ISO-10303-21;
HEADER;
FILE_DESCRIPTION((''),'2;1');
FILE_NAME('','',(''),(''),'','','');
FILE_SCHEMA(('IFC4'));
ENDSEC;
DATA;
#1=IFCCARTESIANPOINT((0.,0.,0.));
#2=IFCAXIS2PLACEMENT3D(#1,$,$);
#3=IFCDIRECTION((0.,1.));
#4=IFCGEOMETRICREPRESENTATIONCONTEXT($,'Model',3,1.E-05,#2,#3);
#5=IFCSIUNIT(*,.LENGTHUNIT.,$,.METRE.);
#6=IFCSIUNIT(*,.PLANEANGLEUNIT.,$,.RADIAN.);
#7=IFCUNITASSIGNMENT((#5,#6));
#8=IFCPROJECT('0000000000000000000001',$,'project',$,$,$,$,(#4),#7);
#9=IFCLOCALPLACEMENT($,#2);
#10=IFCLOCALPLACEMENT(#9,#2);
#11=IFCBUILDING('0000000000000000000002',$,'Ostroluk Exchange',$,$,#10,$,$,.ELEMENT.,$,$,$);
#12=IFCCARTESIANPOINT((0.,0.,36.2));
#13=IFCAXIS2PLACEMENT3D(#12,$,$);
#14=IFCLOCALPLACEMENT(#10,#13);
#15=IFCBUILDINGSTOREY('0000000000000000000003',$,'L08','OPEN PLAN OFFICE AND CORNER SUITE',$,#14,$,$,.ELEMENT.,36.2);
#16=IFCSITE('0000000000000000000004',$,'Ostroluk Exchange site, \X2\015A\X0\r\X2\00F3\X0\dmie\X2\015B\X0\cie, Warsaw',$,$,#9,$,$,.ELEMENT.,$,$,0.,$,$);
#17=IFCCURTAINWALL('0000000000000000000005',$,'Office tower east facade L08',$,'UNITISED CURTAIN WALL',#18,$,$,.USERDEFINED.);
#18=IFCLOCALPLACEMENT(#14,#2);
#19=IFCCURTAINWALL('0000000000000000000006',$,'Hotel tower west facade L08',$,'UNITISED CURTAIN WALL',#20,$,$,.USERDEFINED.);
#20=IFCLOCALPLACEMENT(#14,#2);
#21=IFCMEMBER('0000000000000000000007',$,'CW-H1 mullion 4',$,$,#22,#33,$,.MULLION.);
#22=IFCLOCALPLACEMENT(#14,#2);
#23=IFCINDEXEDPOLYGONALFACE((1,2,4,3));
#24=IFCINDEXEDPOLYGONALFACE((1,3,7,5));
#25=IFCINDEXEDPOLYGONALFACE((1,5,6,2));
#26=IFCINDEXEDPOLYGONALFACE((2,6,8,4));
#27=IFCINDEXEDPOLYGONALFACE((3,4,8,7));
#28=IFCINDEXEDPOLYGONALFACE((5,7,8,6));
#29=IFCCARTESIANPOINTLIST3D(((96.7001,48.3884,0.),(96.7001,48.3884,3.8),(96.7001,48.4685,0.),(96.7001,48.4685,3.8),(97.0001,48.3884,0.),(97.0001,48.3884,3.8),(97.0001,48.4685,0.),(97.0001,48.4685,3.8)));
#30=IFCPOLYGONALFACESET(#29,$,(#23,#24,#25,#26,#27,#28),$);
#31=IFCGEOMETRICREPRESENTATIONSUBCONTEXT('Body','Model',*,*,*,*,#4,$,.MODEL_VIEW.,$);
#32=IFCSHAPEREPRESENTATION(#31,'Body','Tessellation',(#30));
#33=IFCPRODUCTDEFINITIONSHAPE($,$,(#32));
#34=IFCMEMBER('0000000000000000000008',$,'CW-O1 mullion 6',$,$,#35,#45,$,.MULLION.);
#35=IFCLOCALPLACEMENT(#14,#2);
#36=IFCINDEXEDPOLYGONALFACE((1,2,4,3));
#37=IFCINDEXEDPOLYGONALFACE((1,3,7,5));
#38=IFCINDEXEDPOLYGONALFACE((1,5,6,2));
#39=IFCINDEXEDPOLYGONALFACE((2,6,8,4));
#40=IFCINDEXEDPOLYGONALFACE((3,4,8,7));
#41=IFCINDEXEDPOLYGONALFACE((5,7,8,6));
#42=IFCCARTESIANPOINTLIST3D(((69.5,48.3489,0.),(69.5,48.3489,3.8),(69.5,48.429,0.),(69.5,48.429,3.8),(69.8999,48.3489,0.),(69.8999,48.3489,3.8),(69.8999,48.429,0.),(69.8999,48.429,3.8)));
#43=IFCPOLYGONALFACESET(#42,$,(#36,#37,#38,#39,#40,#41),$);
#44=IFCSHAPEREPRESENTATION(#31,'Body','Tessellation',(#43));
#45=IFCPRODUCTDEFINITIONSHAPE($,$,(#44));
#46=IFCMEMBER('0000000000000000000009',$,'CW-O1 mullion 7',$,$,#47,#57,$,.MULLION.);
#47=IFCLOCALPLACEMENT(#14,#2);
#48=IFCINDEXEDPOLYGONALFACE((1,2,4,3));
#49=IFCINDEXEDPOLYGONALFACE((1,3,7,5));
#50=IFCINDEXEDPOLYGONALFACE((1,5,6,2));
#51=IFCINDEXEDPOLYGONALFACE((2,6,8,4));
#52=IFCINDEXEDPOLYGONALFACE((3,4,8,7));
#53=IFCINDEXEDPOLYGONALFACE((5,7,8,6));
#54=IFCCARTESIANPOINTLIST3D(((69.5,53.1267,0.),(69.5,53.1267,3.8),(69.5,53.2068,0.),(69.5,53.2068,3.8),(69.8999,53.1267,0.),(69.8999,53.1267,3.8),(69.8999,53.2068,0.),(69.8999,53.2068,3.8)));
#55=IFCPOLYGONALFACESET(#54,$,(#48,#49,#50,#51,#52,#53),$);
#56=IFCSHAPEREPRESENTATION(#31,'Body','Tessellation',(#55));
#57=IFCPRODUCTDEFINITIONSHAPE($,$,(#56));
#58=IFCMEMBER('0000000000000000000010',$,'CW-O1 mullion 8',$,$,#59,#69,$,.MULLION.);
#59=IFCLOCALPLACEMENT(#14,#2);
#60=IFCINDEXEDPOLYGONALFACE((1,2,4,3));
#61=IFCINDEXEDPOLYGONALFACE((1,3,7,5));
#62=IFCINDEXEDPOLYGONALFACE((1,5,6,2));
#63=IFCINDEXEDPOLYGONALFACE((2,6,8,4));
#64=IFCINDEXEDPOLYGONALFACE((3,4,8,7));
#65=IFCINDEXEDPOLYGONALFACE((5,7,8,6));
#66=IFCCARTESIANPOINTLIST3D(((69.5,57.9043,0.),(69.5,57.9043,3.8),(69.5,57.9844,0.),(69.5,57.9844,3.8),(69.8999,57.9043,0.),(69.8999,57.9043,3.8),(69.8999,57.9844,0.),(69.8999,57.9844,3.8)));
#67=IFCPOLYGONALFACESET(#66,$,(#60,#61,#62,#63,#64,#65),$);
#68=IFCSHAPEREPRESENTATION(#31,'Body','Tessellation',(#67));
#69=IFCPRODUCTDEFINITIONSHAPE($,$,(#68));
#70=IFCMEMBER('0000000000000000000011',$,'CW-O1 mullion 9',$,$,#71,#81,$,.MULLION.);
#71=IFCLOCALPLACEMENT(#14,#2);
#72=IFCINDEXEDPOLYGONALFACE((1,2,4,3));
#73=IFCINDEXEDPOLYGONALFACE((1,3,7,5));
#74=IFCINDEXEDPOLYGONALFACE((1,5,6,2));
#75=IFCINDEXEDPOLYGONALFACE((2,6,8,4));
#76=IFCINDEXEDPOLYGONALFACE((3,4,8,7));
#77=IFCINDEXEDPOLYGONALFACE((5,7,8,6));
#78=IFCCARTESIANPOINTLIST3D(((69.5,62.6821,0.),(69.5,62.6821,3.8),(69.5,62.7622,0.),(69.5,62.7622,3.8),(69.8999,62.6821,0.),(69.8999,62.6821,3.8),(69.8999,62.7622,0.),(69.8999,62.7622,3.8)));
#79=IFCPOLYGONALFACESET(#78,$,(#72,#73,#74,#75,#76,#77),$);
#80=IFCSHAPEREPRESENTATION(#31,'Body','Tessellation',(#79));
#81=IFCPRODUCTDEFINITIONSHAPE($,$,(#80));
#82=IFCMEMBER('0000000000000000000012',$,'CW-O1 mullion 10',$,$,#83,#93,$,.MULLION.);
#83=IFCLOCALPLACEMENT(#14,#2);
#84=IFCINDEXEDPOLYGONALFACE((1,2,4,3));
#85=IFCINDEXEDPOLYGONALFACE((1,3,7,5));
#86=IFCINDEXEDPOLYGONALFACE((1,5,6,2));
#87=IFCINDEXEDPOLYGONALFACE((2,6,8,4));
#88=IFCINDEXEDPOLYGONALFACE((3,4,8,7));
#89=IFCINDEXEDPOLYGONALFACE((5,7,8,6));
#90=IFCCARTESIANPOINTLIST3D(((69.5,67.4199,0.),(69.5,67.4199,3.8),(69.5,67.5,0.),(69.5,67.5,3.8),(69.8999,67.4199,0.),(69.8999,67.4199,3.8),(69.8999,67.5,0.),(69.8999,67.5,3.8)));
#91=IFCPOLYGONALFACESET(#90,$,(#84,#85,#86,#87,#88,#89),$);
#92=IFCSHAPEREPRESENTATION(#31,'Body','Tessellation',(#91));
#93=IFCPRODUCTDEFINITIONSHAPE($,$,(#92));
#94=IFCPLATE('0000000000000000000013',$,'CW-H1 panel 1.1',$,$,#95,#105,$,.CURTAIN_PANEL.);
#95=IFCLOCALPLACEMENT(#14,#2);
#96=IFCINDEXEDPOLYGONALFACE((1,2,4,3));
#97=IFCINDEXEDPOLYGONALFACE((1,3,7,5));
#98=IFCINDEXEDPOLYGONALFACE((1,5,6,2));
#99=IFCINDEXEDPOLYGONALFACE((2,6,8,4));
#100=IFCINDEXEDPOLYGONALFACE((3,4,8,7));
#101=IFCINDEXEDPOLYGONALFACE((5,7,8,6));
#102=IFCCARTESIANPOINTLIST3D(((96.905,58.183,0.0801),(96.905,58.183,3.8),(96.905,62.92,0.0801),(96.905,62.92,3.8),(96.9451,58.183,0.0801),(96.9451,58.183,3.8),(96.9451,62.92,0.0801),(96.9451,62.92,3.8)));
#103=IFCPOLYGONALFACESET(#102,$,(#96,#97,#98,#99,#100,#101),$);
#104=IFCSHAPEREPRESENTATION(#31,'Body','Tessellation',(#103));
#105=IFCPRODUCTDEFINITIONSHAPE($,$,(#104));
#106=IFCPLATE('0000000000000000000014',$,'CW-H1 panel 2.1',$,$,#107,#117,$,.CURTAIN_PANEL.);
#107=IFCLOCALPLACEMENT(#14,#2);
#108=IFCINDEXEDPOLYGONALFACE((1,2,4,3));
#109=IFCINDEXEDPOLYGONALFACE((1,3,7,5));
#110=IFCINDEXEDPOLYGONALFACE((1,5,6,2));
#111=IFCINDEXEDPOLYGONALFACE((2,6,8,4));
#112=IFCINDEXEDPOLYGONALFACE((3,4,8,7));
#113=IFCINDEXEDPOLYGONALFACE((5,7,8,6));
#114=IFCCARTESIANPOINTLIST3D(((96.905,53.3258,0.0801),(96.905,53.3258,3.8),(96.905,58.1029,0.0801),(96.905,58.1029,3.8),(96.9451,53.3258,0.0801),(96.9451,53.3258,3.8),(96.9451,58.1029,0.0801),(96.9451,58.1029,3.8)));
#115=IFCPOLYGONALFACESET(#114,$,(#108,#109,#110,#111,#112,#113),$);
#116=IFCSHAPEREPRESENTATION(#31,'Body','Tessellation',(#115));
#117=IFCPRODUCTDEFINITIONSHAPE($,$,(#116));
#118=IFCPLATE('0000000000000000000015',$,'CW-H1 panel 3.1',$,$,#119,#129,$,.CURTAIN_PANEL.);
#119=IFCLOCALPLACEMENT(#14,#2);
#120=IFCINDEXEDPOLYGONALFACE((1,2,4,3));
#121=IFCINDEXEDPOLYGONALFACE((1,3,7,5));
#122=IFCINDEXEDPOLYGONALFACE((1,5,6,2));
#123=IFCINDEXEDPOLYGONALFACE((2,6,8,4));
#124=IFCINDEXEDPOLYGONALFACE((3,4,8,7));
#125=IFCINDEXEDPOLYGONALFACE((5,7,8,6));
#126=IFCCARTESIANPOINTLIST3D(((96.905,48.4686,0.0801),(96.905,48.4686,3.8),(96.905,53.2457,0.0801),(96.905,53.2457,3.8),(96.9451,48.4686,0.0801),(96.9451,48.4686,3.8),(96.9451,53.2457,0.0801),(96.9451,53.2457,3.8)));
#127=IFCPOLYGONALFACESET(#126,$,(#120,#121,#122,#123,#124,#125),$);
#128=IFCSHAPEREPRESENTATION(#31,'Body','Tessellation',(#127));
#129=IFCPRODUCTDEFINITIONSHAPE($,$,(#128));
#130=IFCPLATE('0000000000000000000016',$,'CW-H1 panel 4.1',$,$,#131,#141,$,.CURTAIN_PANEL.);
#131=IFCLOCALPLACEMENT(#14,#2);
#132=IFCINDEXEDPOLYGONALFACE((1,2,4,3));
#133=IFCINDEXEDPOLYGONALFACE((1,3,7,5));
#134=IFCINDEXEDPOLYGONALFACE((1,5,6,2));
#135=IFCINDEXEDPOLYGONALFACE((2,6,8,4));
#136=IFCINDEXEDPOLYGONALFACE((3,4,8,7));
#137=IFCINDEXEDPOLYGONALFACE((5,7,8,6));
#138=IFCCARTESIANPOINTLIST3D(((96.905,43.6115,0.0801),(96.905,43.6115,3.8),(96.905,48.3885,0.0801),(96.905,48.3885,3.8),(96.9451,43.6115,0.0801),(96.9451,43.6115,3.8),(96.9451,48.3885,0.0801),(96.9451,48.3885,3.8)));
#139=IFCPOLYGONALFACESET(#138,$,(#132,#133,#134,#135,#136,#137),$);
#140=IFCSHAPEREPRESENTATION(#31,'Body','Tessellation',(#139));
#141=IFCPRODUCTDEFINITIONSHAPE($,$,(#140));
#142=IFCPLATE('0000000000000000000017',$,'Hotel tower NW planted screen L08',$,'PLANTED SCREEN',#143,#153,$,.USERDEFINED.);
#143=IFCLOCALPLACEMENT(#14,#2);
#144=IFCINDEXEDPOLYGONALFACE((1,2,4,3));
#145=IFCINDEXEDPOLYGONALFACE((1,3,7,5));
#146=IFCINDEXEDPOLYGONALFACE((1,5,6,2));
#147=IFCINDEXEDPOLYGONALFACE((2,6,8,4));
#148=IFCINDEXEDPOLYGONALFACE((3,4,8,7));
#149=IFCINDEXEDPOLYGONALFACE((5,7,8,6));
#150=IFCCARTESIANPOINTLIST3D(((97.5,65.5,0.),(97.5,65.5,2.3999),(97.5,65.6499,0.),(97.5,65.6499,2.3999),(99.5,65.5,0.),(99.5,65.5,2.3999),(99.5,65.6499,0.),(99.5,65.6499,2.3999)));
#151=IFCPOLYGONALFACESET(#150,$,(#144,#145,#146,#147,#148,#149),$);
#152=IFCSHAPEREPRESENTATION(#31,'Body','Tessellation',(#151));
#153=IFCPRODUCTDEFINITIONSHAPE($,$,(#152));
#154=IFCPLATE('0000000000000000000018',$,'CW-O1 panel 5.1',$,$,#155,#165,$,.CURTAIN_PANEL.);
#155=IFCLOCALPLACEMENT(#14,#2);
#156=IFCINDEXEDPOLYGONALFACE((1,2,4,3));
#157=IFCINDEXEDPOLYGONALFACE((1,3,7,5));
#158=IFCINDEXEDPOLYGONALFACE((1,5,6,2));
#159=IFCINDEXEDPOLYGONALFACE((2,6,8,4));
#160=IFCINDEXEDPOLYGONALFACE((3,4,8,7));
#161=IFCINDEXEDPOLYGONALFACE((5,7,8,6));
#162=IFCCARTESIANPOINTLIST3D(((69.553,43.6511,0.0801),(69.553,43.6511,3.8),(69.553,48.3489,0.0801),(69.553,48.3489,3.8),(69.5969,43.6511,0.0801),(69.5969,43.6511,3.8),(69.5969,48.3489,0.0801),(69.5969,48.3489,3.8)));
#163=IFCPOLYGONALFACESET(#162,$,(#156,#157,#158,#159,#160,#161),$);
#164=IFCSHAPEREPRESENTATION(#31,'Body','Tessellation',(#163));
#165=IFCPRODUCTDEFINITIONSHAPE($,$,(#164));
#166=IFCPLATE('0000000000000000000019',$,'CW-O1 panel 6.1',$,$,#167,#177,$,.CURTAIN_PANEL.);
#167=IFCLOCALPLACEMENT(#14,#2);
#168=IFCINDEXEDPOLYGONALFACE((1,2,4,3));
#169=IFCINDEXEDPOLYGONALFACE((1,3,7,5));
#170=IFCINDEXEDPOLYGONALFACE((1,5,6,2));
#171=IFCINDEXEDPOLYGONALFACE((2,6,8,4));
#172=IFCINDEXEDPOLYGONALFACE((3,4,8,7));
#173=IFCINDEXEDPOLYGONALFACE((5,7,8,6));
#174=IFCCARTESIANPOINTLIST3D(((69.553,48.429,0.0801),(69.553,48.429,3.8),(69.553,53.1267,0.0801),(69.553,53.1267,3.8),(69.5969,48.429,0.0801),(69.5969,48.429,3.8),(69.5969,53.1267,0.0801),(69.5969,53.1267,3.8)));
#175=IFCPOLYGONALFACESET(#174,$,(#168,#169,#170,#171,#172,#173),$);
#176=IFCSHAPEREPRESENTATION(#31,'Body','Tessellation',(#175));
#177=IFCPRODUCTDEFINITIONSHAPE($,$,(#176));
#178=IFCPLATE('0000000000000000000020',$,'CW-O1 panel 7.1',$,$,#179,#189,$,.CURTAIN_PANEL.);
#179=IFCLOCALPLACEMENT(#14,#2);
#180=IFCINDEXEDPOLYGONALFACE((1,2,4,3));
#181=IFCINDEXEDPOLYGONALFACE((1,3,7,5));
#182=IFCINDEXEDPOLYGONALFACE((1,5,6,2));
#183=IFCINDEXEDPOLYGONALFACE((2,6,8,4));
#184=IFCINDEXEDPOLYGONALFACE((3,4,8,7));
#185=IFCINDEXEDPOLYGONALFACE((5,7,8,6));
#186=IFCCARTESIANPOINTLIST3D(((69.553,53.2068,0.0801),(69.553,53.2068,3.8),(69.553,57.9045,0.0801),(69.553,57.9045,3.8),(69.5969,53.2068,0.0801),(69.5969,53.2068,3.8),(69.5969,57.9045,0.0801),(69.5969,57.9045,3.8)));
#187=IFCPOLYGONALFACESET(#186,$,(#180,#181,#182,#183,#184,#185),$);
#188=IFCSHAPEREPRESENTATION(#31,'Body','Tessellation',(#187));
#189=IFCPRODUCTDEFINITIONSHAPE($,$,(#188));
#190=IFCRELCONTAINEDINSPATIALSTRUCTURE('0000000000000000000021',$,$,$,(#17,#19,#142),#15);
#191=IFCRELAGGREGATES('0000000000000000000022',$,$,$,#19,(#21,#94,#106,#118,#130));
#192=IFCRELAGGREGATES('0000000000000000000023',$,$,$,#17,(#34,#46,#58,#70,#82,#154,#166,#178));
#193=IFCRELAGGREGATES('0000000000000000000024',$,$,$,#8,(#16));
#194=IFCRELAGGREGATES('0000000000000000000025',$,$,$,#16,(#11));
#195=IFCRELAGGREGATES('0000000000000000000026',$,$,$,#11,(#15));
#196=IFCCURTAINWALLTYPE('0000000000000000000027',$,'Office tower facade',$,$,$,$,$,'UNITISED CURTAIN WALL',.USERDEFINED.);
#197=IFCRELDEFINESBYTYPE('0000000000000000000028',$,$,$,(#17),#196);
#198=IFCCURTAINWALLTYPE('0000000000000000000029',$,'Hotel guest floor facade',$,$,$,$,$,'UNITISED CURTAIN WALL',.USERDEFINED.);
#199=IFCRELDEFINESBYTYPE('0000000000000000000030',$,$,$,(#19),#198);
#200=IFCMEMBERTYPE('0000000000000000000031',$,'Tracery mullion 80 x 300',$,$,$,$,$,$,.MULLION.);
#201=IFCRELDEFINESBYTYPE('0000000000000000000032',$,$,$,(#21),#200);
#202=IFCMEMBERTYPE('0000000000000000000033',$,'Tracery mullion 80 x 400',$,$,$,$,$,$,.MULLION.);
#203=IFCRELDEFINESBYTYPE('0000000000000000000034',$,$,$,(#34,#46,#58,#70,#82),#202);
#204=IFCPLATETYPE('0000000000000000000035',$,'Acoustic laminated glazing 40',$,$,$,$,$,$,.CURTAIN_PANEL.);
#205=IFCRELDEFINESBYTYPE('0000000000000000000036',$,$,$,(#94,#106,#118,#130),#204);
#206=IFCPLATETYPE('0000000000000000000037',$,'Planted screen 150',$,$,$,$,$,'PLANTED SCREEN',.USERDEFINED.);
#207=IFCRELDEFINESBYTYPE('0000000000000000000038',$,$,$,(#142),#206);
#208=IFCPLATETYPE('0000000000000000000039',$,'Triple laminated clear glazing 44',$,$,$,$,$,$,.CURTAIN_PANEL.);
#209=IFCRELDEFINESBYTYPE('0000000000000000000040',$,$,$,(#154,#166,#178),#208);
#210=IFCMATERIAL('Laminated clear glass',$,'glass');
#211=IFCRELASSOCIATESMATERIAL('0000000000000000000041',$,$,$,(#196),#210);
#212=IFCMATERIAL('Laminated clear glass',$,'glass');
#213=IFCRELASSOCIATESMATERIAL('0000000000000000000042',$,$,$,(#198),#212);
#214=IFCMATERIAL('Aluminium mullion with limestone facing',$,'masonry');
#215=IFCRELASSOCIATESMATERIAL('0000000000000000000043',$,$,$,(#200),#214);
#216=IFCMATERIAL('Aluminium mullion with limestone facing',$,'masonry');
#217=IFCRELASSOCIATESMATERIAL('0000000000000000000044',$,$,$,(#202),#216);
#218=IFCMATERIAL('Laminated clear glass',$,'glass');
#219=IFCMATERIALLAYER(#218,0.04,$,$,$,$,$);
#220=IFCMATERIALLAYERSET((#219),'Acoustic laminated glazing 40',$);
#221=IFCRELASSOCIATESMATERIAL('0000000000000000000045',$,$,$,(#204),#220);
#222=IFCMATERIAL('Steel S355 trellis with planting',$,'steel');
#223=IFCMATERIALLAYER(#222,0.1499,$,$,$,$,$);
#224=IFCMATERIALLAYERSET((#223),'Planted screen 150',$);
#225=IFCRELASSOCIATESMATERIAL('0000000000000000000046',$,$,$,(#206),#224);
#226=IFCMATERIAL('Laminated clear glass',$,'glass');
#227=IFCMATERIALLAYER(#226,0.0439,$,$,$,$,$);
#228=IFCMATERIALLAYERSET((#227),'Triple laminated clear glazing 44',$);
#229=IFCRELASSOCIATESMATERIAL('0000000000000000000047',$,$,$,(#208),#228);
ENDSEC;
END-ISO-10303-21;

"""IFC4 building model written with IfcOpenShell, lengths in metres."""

from ifc_helpers import new_model, si_unit, direction, frame, origin, origin_2d, place, context, subcontext, project, spatial, rectangle, extrude, material, layer, layer_set, material_profile, profile_set, type_object, element, aggregate, save


model = new_model("IFC4")

# Units and contexts
model_context = context("Model", 3, precision=1e-05, world=origin(), true_north=direction((0.0, 1.0)))
body_context = subcontext(model_context, "Body", "Model", "MODEL_VIEW")
ifc_project = project(units=[si_unit("LENGTHUNIT", "METRE"), si_unit("PLANEANGLEUNIT", "RADIAN")], contexts=[model_context])

# Site, building, storey
site_placement = place(None, origin())
site = spatial("IfcSite", under=ifc_project, at=site_placement, Name="Ostroluk Exchange site, Śródmieście, Warsaw", CompositionType="ELEMENT", RefElevation=0.0)
building_placement = place(site_placement, origin())
building = spatial("IfcBuilding", under=site, at=building_placement, Name="Ostroluk Exchange", CompositionType="ELEMENT")
storey_placement = place(building_placement, frame((0.0, 0.0, 36.2)))
storey = spatial("IfcBuildingStorey", under=building, at=storey_placement, Name="L08", Description="OPEN PLAN OFFICE AND CORNER SUITE", CompositionType="ELEMENT", Elevation=36.2)

# Curtain walls, member
ifc_material_1 = material(Name="Laminated clear glass", Category="glass")
curtain_wall_type_1 = type_object("IfcCurtainWallType", Name="Office tower facade", ElementType="UNITISED CURTAIN WALL", PredefinedType="USERDEFINED", material=ifc_material_1)
curtain_wall_1_placement = place(storey_placement, origin())
curtain_wall_1 = element("IfcCurtainWall", 1, at=curtain_wall_1_placement, inside=storey, type_object=curtain_wall_type_1, Name="Office tower east facade L08", ObjectType="UNITISED CURTAIN WALL", PredefinedType="USERDEFINED")
ifc_material_2 = material(Name="Laminated clear glass", Category="glass")
curtain_wall_type_2 = type_object("IfcCurtainWallType", Name="Hotel guest floor facade", ElementType="UNITISED CURTAIN WALL", PredefinedType="USERDEFINED", material=ifc_material_2)
curtain_wall_2_placement = place(storey_placement, origin())
curtain_wall_2 = element("IfcCurtainWall", 2, at=curtain_wall_2_placement, inside=storey, type_object=curtain_wall_type_2, Name="Hotel tower west facade L08", ObjectType="UNITISED CURTAIN WALL", PredefinedType="USERDEFINED")
ifc_material_3 = material(Name="Aluminium mullion with limestone facing", Category="masonry")
ifc_material_profile_1 = material_profile(ifc_material_3, rectangle(XDim=0.3, YDim=0.0801, at=origin_2d()), Name="Tracery mullion 80 x 300")
ifc_profile_set_1 = profile_set([ifc_material_profile_1], Name="Aluminium mullion with limestone facing")
member_type_1 = type_object("IfcMemberType", Name="Tracery mullion 80 x 300", PredefinedType="MULLION", material=ifc_profile_set_1)
member_1_placement = place(storey_placement, frame((96.8501, 48.4285, 0.0), z_axis=(0.0, 0.0, 1.0), x_axis=(1.0, 0.0, 0.0)))
member_1 = element("IfcMember", 3, at=member_1_placement, type_object=member_type_1, Name="CW-H1 mullion 4", PredefinedType="MULLION", context=body_context, shape_type="SweptSolid", body=[
    extrude(rectangle(XDim=0.3, YDim=0.0801, at=origin_2d()), origin(), (0.0, 0.0, 1.0), 3.8),
])

# Members
ifc_material_4 = material(Name="Aluminium mullion with limestone facing", Category="masonry")
ifc_material_profile_2 = material_profile(ifc_material_4, rectangle(XDim=0.3999, YDim=0.0801, at=origin_2d()), Name="Tracery mullion 80 x 400")
ifc_profile_set_2 = profile_set([ifc_material_profile_2], Name="Aluminium mullion with limestone facing")
member_type_2 = type_object("IfcMemberType", Name="Tracery mullion 80 x 400", PredefinedType="MULLION", material=ifc_profile_set_2)
member_2_placement = place(storey_placement, frame((69.7, 48.3889, 0.0), z_axis=(0.0, 0.0, 1.0), x_axis=(-1.0, 0.0, 0.0)))
member_2 = element("IfcMember", 4, at=member_2_placement, type_object=member_type_2, Name="CW-O1 mullion 6", PredefinedType="MULLION", context=body_context, shape_type="SweptSolid", body=[
    extrude(rectangle(XDim=0.3999, YDim=0.0801, at=origin_2d()), origin(), (0.0, 0.0, 1.0), 3.8),
])
member_3_placement = place(storey_placement, frame((69.7, 53.1667, 0.0), z_axis=(0.0, 0.0, 1.0), x_axis=(-1.0, 0.0, 0.0)))
member_3 = element("IfcMember", 5, at=member_3_placement, type_object=member_type_2, Name="CW-O1 mullion 7", PredefinedType="MULLION", context=body_context, shape_type="SweptSolid", body=[
    extrude(rectangle(XDim=0.3999, YDim=0.0801, at=origin_2d()), origin(), (0.0, 0.0, 1.0), 3.8),
])
member_4_placement = place(storey_placement, frame((69.7, 57.9443, 0.0), z_axis=(0.0, 0.0, 1.0), x_axis=(-1.0, 0.0, 0.0)))
member_4 = element("IfcMember", 6, at=member_4_placement, type_object=member_type_2, Name="CW-O1 mullion 8", PredefinedType="MULLION", context=body_context, shape_type="SweptSolid", body=[
    extrude(rectangle(XDim=0.3999, YDim=0.0801, at=origin_2d()), origin(), (0.0, 0.0, 1.0), 3.8),
])
member_5_placement = place(storey_placement, frame((69.7, 62.7222, 0.0), z_axis=(0.0, 0.0, 1.0), x_axis=(-1.0, 0.0, 0.0)))
member_5 = element("IfcMember", 7, at=member_5_placement, type_object=member_type_2, Name="CW-O1 mullion 9", PredefinedType="MULLION", context=body_context, shape_type="SweptSolid", body=[
    extrude(rectangle(XDim=0.3999, YDim=0.0801, at=origin_2d()), origin(), (0.0, 0.0, 1.0), 3.8),
])
member_6_placement = place(storey_placement, frame((69.7, 67.46, 0.0), z_axis=(0.0, 0.0, 1.0), x_axis=(-1.0, 0.0, 0.0)))
member_6 = element("IfcMember", 8, at=member_6_placement, type_object=member_type_2, Name="CW-O1 mullion 10", PredefinedType="MULLION", context=body_context, shape_type="SweptSolid", body=[
    extrude(rectangle(XDim=0.3999, YDim=0.0801, at=origin_2d()), origin(), (0.0, 0.0, 1.0), 3.8),
])

# Plates
ifc_material_5 = material(Name="Laminated clear glass", Category="glass")
ifc_layer_1 = layer(ifc_material_5, 0.04)
ifc_layer_set_1 = layer_set([ifc_layer_1], Name="Acoustic laminated glazing 40")
plate_type_1 = type_object("IfcPlateType", Name="Acoustic laminated glazing 40", PredefinedType="CURTAIN_PANEL", material=ifc_layer_set_1)
plate_1_placement = place(storey_placement, frame((96.925, 60.5515, 0.0801), z_axis=(0.0, 0.0, 1.0), x_axis=(0.0, -1.0, 0.0)))
plate_1 = element("IfcPlate", 9, at=plate_1_placement, type_object=plate_type_1, Name="CW-H1 panel 1.1", PredefinedType="CURTAIN_PANEL", context=body_context, shape_type="SweptSolid", body=[
    extrude(rectangle(XDim=4.7371, YDim=0.04, at=origin_2d()), origin(), (0.0, 0.0, 1.0), 3.72),
])
plate_2_placement = place(storey_placement, frame((96.925, 55.7144, 0.0801), z_axis=(0.0, 0.0, 1.0), x_axis=(0.0, -1.0, 0.0)))
plate_2 = element("IfcPlate", 10, at=plate_2_placement, type_object=plate_type_1, Name="CW-H1 panel 2.1", PredefinedType="CURTAIN_PANEL", context=body_context, shape_type="SweptSolid", body=[
    extrude(rectangle(XDim=4.7771, YDim=0.04, at=origin_2d()), origin(), (0.0, 0.0, 1.0), 3.72),
])
plate_3_placement = place(storey_placement, frame((96.925, 50.8572, 0.0801), z_axis=(0.0, 0.0, 1.0), x_axis=(0.0, -1.0, 0.0)))
plate_3 = element("IfcPlate", 11, at=plate_3_placement, type_object=plate_type_1, Name="CW-H1 panel 3.1", PredefinedType="CURTAIN_PANEL", context=body_context, shape_type="SweptSolid", body=[
    extrude(rectangle(XDim=4.7771, YDim=0.04, at=origin_2d()), origin(), (0.0, 0.0, 1.0), 3.72),
])
plate_4_placement = place(storey_placement, frame((96.925, 46.0, 0.0801), z_axis=(0.0, 0.0, 1.0), x_axis=(0.0, -1.0, 0.0)))
plate_4 = element("IfcPlate", 12, at=plate_4_placement, type_object=plate_type_1, Name="CW-H1 panel 4.1", PredefinedType="CURTAIN_PANEL", context=body_context, shape_type="SweptSolid", body=[
    extrude(rectangle(XDim=4.7771, YDim=0.04, at=origin_2d()), origin(), (0.0, 0.0, 1.0), 3.72),
])
aggregate(curtain_wall_2, [member_1, plate_1, plate_2, plate_3, plate_4])
ifc_material_6 = material(Name="Steel S355 trellis with planting", Category="steel")
ifc_layer_2 = layer(ifc_material_6, 0.1499)
ifc_layer_set_2 = layer_set([ifc_layer_2], Name="Planted screen 150")
plate_type_2 = type_object("IfcPlateType", Name="Planted screen 150", ElementType="PLANTED SCREEN", PredefinedType="USERDEFINED", material=ifc_layer_set_2)
plate_5_placement = place(storey_placement, frame((98.5, 65.575, 0.0), z_axis=(0.0, 0.0, 1.0), x_axis=(1.0, 0.0, 0.0)))
element("IfcPlate", 13, at=plate_5_placement, inside=storey, type_object=plate_type_2, Name="Hotel tower NW planted screen L08", ObjectType="PLANTED SCREEN", PredefinedType="USERDEFINED", context=body_context, shape_type="SweptSolid", body=[
    extrude(rectangle(XDim=2.0, YDim=0.1499, at=origin_2d()), origin(), (0.0, 0.0, 1.0), 2.3999),
])
ifc_material_7 = material(Name="Laminated clear glass", Category="glass")
ifc_layer_3 = layer(ifc_material_7, 0.0439)
ifc_layer_set_3 = layer_set([ifc_layer_3], Name="Triple laminated clear glazing 44")
plate_type_3 = type_object("IfcPlateType", Name="Triple laminated clear glazing 44", PredefinedType="CURTAIN_PANEL", material=ifc_layer_set_3)
plate_6_placement = place(storey_placement, frame((69.575, 46.0, 0.0801), z_axis=(0.0, 0.0, 1.0), x_axis=(0.0, 1.0, 0.0)))
plate_6 = element("IfcPlate", 14, at=plate_6_placement, type_object=plate_type_3, Name="CW-O1 panel 5.1", PredefinedType="CURTAIN_PANEL", context=body_context, shape_type="SweptSolid", body=[
    extrude(rectangle(XDim=4.6978, YDim=0.0439, at=origin_2d()), origin(), (0.0, 0.0, 1.0), 3.72),
])
plate_7_placement = place(storey_placement, frame((69.575, 50.7778, 0.0801), z_axis=(0.0, 0.0, 1.0), x_axis=(0.0, 1.0, 0.0)))
plate_7 = element("IfcPlate", 15, at=plate_7_placement, type_object=plate_type_3, Name="CW-O1 panel 6.1", PredefinedType="CURTAIN_PANEL", context=body_context, shape_type="SweptSolid", body=[
    extrude(rectangle(XDim=4.6978, YDim=0.0439, at=origin_2d()), origin(), (0.0, 0.0, 1.0), 3.72),
])
plate_8_placement = place(storey_placement, frame((69.575, 55.5557, 0.0801), z_axis=(0.0, 0.0, 1.0), x_axis=(0.0, 1.0, 0.0)))
plate_8 = element("IfcPlate", 16, at=plate_8_placement, type_object=plate_type_3, Name="CW-O1 panel 7.1", PredefinedType="CURTAIN_PANEL", context=body_context, shape_type="SweptSolid", body=[
    extrude(rectangle(XDim=4.6978, YDim=0.0439, at=origin_2d()), origin(), (0.0, 0.0, 1.0), 3.72),
])
aggregate(curtain_wall_1, [member_2, member_3, member_4, member_5, member_6, plate_6, plate_7, plate_8])

save(model, "model.ifc")
